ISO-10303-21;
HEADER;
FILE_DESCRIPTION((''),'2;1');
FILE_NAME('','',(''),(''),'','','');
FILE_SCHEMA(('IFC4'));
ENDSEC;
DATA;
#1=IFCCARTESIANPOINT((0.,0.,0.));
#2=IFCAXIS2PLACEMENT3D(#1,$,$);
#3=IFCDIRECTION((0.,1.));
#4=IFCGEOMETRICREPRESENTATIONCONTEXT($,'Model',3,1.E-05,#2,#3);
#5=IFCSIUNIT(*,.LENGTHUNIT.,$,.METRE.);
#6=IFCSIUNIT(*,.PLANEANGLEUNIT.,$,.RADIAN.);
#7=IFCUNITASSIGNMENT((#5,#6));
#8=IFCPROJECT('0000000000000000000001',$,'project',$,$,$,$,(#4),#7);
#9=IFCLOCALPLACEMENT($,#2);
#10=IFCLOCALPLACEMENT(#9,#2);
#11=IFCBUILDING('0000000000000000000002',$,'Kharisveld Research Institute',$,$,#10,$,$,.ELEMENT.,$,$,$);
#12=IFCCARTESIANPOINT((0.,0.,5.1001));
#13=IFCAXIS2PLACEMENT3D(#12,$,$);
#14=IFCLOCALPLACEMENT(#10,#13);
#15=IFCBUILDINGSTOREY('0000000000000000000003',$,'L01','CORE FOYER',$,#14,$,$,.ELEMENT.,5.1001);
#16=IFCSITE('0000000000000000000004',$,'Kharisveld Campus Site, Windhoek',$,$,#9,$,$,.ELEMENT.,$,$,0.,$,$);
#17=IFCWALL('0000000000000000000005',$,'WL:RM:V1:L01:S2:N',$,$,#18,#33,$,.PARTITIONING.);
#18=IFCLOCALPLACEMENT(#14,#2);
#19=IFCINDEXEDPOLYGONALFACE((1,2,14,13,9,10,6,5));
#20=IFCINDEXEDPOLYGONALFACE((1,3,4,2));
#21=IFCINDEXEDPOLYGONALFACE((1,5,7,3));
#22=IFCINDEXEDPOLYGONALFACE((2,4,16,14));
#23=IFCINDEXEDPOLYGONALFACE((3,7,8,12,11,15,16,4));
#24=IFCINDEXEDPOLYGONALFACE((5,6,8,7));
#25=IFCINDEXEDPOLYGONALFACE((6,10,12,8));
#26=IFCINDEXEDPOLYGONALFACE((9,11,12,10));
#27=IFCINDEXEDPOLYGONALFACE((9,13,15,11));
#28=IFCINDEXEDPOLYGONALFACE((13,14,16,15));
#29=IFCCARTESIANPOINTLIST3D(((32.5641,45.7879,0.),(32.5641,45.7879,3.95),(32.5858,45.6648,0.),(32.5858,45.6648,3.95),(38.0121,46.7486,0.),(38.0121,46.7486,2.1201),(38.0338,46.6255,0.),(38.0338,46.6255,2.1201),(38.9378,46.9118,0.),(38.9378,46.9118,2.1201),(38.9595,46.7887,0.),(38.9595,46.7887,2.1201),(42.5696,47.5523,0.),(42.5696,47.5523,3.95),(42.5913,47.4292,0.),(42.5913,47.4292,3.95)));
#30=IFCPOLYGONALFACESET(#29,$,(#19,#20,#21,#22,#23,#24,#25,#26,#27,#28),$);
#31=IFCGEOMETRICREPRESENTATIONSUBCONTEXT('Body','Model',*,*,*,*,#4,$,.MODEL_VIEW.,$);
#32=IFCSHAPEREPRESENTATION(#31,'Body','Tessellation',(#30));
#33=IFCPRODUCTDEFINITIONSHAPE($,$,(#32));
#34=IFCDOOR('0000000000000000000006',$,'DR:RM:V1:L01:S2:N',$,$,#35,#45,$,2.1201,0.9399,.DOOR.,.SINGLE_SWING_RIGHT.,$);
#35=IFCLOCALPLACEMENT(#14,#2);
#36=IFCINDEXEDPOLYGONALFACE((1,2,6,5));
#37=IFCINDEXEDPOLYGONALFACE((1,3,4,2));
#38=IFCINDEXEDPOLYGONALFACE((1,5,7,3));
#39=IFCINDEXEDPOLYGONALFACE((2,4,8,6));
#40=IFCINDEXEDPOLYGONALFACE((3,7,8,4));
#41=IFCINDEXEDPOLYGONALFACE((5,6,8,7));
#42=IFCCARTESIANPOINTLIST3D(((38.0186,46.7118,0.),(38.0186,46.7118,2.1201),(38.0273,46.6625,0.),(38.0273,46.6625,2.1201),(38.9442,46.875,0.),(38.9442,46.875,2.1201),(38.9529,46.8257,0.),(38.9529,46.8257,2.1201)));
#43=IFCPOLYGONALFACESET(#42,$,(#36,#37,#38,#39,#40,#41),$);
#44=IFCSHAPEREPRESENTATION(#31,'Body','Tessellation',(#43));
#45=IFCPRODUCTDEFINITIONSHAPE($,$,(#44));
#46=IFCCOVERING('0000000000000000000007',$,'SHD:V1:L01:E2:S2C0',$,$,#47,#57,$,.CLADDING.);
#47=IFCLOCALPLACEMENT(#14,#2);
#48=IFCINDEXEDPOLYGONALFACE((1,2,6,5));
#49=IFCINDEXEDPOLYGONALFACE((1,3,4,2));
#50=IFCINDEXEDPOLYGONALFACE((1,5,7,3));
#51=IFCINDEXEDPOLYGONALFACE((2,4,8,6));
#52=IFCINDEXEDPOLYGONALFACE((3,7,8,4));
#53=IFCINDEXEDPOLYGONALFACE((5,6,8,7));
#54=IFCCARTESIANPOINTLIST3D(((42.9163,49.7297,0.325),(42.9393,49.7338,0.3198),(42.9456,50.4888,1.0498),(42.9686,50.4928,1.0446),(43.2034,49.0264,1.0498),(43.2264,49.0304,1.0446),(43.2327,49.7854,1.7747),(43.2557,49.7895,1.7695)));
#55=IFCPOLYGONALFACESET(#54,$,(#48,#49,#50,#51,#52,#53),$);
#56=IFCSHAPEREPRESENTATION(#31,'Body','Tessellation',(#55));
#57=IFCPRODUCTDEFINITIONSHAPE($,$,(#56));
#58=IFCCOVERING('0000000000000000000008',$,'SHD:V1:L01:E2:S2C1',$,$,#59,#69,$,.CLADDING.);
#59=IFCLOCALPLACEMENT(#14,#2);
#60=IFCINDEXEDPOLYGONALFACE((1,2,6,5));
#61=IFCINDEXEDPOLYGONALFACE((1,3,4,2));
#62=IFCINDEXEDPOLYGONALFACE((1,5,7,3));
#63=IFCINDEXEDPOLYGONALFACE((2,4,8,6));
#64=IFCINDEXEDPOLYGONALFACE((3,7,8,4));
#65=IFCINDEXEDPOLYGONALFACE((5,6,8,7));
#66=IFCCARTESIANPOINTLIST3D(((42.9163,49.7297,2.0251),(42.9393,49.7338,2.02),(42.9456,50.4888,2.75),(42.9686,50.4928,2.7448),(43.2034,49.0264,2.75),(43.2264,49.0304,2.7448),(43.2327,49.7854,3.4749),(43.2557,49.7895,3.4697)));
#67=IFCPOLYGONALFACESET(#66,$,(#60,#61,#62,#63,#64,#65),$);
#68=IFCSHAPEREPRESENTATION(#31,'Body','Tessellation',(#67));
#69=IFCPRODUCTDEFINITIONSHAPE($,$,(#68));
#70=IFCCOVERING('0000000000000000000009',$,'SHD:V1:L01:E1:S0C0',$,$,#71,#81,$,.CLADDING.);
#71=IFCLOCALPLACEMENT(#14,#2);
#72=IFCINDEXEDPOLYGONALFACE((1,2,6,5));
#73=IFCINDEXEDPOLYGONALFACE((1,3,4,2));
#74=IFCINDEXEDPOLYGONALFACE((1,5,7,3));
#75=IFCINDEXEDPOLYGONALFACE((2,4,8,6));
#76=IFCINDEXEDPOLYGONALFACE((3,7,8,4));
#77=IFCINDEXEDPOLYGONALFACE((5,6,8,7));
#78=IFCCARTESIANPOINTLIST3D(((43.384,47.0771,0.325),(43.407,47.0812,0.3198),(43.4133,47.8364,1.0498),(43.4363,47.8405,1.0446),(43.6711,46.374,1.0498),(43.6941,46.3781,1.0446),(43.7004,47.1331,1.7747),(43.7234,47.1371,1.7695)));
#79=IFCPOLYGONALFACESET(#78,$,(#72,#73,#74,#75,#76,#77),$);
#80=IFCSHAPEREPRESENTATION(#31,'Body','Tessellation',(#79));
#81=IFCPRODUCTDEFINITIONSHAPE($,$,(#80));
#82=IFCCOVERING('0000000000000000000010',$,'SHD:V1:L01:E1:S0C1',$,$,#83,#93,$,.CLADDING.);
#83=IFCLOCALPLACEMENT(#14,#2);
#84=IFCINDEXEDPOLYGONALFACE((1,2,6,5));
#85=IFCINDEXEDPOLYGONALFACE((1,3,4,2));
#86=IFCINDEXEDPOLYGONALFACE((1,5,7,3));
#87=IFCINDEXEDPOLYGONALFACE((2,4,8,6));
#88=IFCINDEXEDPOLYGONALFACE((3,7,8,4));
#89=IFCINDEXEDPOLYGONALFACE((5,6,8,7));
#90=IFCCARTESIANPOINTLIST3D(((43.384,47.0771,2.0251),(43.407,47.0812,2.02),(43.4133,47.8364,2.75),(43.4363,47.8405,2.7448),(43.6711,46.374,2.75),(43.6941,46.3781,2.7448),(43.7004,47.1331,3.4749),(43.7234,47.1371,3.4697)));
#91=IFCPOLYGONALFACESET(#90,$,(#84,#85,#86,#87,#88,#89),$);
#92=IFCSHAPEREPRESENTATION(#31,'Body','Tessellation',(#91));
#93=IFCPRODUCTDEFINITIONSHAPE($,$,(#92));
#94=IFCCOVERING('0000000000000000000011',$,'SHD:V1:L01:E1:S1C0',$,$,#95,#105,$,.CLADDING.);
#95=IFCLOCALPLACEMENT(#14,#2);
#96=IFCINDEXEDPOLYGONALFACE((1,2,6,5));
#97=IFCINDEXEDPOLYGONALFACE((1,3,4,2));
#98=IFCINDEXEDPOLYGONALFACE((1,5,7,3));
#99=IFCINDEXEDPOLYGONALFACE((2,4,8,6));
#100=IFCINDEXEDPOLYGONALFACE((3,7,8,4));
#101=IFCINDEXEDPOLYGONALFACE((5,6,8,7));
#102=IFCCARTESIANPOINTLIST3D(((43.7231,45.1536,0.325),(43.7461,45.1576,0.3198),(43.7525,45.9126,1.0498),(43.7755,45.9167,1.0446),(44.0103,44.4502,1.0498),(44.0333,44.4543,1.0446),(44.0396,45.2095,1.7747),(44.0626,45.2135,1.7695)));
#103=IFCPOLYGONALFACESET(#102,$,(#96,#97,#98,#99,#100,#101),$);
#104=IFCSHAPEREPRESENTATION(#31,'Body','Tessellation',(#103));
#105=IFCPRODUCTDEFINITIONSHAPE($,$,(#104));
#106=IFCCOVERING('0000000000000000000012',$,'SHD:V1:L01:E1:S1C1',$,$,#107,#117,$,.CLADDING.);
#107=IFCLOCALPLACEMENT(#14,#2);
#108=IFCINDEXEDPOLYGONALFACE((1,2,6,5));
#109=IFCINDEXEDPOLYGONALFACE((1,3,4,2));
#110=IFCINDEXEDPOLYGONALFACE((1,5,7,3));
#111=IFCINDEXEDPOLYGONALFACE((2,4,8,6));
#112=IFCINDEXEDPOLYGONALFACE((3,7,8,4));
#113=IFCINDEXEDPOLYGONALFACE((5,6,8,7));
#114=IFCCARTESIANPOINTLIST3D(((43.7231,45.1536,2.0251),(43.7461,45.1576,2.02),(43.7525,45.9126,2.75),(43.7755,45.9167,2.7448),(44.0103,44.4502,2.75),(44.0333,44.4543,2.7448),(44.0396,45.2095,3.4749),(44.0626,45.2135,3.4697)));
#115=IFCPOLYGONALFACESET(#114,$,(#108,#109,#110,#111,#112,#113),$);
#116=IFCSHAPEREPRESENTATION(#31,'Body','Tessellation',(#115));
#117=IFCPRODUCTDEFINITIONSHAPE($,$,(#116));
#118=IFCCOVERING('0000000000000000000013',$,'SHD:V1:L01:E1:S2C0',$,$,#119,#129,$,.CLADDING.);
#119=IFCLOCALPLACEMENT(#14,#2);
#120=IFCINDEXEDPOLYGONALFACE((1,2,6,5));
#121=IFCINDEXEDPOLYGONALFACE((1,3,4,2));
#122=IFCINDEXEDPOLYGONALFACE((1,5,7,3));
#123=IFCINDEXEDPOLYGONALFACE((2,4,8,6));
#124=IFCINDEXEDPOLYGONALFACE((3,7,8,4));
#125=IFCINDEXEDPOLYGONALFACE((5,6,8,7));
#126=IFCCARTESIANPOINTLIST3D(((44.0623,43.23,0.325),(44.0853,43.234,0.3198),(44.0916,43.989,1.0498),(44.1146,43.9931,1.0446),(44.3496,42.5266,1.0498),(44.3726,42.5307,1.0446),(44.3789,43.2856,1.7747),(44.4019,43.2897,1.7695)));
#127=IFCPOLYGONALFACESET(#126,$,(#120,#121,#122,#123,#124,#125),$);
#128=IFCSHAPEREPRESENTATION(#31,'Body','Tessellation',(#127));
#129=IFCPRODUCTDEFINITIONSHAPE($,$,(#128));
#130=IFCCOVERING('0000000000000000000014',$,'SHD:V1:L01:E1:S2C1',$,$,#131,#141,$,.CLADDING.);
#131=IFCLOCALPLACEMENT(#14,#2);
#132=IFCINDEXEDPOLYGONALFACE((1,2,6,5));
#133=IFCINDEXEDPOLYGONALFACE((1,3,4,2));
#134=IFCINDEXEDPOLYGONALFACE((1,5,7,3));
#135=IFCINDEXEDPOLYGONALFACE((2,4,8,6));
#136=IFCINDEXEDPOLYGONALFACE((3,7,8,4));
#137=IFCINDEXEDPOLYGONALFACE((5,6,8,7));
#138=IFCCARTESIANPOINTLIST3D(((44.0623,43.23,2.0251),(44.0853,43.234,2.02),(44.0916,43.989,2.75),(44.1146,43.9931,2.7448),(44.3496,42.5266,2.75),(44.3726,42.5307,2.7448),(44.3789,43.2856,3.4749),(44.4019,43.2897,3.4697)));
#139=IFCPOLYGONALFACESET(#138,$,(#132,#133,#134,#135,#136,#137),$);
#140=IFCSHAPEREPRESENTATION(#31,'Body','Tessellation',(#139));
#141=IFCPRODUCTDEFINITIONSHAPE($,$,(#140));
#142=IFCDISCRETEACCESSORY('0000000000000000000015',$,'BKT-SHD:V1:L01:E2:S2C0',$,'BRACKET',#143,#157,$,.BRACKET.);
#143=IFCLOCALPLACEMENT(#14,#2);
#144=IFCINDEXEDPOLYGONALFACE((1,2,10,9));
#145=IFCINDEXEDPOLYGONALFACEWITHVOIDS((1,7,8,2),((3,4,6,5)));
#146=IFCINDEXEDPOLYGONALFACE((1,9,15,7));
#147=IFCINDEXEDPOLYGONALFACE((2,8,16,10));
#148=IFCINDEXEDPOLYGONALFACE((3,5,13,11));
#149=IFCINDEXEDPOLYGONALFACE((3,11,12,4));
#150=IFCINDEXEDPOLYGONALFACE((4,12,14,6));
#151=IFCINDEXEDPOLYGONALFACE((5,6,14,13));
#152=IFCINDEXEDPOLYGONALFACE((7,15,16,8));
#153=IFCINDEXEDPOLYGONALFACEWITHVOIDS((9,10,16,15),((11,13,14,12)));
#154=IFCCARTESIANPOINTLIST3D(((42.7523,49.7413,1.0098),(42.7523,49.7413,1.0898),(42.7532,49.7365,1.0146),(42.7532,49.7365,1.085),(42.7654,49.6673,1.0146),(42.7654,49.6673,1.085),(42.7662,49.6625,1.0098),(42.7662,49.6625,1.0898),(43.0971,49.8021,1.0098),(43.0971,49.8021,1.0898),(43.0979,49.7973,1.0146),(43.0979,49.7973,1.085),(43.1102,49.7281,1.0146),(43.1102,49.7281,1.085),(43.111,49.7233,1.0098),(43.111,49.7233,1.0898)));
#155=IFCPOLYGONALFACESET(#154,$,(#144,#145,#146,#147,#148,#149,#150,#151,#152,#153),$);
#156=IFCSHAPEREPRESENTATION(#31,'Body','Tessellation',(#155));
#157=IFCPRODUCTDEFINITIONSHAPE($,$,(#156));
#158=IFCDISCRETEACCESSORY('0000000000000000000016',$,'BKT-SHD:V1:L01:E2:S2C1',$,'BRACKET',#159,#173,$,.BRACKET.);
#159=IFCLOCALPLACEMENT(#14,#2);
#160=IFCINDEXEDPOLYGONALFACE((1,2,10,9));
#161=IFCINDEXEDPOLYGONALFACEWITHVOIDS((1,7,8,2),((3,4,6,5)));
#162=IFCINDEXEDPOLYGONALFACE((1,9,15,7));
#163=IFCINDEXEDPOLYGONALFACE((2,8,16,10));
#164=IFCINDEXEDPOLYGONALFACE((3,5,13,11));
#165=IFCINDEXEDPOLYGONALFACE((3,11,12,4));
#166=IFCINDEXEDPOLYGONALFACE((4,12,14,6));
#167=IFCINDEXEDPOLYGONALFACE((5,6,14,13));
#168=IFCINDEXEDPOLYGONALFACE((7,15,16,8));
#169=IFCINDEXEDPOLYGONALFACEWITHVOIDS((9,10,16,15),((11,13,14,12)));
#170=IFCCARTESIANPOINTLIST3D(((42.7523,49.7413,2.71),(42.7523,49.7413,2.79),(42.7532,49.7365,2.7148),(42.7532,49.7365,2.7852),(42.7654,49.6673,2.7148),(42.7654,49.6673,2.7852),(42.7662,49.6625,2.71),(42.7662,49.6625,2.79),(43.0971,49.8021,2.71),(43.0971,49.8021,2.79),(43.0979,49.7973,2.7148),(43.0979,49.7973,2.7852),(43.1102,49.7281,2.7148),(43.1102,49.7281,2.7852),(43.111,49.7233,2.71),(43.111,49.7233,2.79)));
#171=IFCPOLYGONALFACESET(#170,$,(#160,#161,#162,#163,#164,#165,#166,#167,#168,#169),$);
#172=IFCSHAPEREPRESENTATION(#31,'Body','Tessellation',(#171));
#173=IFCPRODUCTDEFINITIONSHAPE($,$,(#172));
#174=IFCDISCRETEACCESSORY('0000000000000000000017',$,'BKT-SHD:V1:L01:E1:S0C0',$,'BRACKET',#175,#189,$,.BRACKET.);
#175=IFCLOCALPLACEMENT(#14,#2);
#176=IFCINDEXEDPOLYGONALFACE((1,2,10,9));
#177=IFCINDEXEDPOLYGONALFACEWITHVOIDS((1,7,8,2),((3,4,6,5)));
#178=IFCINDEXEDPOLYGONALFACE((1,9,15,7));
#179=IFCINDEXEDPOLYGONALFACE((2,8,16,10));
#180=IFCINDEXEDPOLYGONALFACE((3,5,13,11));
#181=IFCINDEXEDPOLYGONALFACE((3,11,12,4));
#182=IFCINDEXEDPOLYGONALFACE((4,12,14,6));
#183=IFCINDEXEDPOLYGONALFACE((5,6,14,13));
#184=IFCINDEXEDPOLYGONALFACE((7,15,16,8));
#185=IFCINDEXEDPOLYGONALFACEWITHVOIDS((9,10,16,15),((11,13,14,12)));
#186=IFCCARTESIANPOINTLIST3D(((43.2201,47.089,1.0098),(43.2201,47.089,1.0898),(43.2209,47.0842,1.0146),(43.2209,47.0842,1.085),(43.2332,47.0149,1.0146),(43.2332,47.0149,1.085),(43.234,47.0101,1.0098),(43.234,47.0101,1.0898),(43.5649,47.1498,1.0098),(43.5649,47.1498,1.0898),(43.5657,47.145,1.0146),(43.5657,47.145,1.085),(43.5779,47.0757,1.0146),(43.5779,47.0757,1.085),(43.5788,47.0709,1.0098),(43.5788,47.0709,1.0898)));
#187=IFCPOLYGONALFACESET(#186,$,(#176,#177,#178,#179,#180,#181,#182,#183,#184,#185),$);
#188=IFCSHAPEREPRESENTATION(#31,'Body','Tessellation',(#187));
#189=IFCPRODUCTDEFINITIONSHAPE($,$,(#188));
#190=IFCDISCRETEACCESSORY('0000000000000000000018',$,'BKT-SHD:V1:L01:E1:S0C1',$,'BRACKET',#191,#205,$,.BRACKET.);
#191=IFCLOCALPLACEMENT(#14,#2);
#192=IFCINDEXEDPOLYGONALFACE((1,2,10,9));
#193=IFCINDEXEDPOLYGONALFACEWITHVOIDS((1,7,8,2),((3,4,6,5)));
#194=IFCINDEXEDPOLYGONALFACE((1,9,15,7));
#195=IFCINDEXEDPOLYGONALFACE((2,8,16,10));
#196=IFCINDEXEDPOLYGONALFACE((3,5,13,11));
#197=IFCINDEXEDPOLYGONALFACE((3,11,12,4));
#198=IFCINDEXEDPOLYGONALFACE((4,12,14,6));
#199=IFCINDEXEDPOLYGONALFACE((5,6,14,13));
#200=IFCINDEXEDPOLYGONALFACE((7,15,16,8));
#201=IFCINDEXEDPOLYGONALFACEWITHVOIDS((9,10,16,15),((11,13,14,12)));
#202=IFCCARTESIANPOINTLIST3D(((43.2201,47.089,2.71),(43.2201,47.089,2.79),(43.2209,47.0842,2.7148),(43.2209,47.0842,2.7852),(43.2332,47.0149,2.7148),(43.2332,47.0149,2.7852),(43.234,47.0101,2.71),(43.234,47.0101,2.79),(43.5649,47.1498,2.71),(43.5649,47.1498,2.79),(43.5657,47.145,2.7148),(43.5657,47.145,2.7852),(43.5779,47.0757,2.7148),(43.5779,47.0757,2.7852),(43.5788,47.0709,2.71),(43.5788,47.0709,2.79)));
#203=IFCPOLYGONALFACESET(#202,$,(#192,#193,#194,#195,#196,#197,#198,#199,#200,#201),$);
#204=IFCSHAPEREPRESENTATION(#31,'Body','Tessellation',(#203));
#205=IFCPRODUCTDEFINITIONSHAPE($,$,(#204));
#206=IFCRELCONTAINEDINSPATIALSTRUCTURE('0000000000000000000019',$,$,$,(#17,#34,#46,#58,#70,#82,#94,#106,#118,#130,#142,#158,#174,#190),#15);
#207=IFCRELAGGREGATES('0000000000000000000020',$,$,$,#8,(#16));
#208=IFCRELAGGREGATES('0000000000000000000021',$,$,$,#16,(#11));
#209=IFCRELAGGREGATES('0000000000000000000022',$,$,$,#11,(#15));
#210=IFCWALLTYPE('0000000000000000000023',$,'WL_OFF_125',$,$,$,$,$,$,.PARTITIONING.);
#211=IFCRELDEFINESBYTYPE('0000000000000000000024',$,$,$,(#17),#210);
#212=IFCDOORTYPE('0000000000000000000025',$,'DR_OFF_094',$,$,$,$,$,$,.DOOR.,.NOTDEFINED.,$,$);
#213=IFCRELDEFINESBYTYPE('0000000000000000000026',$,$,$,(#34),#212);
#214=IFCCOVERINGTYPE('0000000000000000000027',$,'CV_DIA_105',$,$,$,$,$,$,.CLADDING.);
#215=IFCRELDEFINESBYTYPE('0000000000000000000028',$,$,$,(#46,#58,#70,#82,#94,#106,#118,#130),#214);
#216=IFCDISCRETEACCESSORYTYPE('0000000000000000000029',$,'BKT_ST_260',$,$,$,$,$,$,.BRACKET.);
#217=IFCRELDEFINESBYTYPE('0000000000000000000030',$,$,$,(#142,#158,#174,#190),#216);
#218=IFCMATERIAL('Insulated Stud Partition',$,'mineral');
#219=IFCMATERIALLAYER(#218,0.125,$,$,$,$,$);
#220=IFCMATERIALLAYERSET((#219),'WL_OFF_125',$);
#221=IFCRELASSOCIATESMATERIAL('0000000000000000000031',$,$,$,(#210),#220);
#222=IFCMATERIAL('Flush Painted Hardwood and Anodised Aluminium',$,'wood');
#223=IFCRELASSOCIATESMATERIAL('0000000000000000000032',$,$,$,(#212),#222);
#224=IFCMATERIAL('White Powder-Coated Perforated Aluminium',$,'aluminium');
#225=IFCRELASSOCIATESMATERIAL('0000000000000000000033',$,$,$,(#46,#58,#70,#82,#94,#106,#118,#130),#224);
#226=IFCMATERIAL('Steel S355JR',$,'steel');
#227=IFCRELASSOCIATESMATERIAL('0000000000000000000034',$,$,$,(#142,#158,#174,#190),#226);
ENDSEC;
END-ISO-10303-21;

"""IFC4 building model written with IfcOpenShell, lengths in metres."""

from ifc_helpers import new_model, si_unit, direction, frame, frame_2d, origin, origin_2d, place, context, subcontext, project, spatial, polyline, rectangle, hollow_rectangle, outline, extrude, material, layer, layer_set, type_object, element, fill, save


model = new_model("IFC4")

# Units and contexts
model_context = context("Model", 3, precision=1e-05, world=origin(), true_north=direction((0.0, 1.0)))
body_context = subcontext(model_context, "Body", "Model", "MODEL_VIEW")
ifc_project = project(units=[si_unit("LENGTHUNIT", "METRE"), si_unit("PLANEANGLEUNIT", "RADIAN")], contexts=[model_context])

# Site, building, storey
site_placement = place(None, origin())
site = spatial("IfcSite", under=ifc_project, at=site_placement, Name="Kharisveld Campus Site, Windhoek", CompositionType="ELEMENT", RefElevation=0.0)
building_placement = place(site_placement, origin())
building = spatial("IfcBuilding", under=site, at=building_placement, Name="Kharisveld Research Institute", CompositionType="ELEMENT")
storey_placement = place(building_placement, frame((0.0, 0.0, 5.1001)))
storey = spatial("IfcBuildingStorey", under=building, at=storey_placement, Name="L01", Description="CORE FOYER", CompositionType="ELEMENT", Elevation=5.1001)

# Wall, opening, door
ifc_material_1 = material(Name="Insulated Stud Partition", Category="mineral")
ifc_layer_1 = layer(ifc_material_1, 0.125)
ifc_layer_set_1 = layer_set([ifc_layer_1], Name="WL_OFF_125")
wall_type_1 = type_object("IfcWallType", Name="WL_OFF_125", PredefinedType="PARTITIONING", material=ifc_layer_set_1)
wall_1_placement = place(storey_placement, frame((42.5806, 47.4907, 0.0), z_axis=(0.0, 0.0, 1.0), x_axis=(-0.984805, -0.173662, 0.0)))
wall_1 = element("IfcWall", 1, at=wall_1_placement, inside=storey, type_object=wall_type_1, Name="WL:RM:V1:L01:S2:N", PredefinedType="PARTITIONING", context=body_context, shape_type="SweptSolid", body=[
    extrude(rectangle(XDim=10.1599, YDim=0.125, at=frame_2d((5.0801, 0.0))), origin(), (0.0, 0.0, 1.0), 3.95),
])
opening_1_placement = place(wall_1_placement, frame((3.688, 0.0, 0.0)))
opening_1 = element("IfcOpeningElement", 2, at=opening_1_placement, cuts=wall_1, PredefinedType="OPENING", context=body_context, shape_type="SweptSolid", body=[
    extrude(rectangle(XDim=0.9399, YDim=2.1201, at=frame_2d((0.47, 1.0601))), frame((0.0, 0.0625, 0.0), z_axis=(0.0, -1.0, 0.0), x_axis=(1.0, 0.0, 0.0)), (0.0, 0.0, 1.0), 0.125),
])
ifc_material_2 = material(Name="Flush Painted Hardwood and Anodised Aluminium", Category="wood")
door_type = type_object("IfcDoorType", Name="DR_OFF_094", OperationType="NOTDEFINED", PredefinedType="DOOR", material=ifc_material_2)
door_placement = place(opening_1_placement, origin())
door = element("IfcDoor", 3, at=door_placement, inside=storey, type_object=door_type, Name="DR:RM:V1:L01:S2:N", OperationType="SINGLE_SWING_RIGHT", OverallHeight=2.1201, OverallWidth=0.9399, PredefinedType="DOOR", context=body_context, shape_type="SweptSolid", body=[
    extrude(rectangle(XDim=0.9399, YDim=2.1201, at=frame_2d((0.47, 1.0601))), frame((0.0, 0.0249, 0.0), z_axis=(0.0, -1.0, 0.0), x_axis=(1.0, 0.0, 0.0)), (0.0, 0.0, 1.0), 0.05),
])
fill(opening_1, door)

# Coverings
ifc_material_3 = material(Name="White Powder-Coated Perforated Aluminium", Category="aluminium")
covering_type = type_object("IfcCoveringType", Name="CV_DIA_105", PredefinedType="CLADDING")
for number, where, z_axis, x_axis, name in (
    (4, (42.9163, 49.7297, 0.325), (-0.961487, -0.169504, 0.216358), (0.273429, -0.669853, 0.690314), "SHD:V1:L01:E2:S2C0"),
    (5, (42.9163, 49.7297, 2.0251), (-0.961487, -0.169504, 0.216358), (0.273429, -0.669853, 0.690314), "SHD:V1:L01:E2:S2C1"),
):
    element("IfcCovering", number, at=place(storey_placement, frame(where, z_axis=z_axis, x_axis=x_axis)), inside=storey, type_object=covering_type, material=ifc_material_3, Name=name, PredefinedType="CLADDING", context=body_context, shape_type="SweptSolid", body=[
        extrude(outline(polyline([(0.0, 0.0), (1.05, 0.0), (1.05, 1.05), (-0.0001, 1.05), (0.0, 0.0)])), origin(), (0.0, 0.0, -1.0), 0.0239),
    ])
for number, where, z_axis, x_axis, name in (
    (6, (43.384, 47.0771, 0.325), (-0.961481, -0.169503, 0.216385), (0.273452, -0.669728, 0.690426), "SHD:V1:L01:E1:S0C0"),
    (7, (43.384, 47.0771, 2.0251), (-0.961481, -0.169503, 0.216385), (0.273452, -0.669728, 0.690426), "SHD:V1:L01:E1:S0C1"),
):
    element("IfcCovering", number, at=place(storey_placement, frame(where, z_axis=z_axis, x_axis=x_axis)), inside=storey, type_object=covering_type, material=ifc_material_3, Name=name, PredefinedType="CLADDING", context=body_context, shape_type="SweptSolid", body=[
        extrude(outline(polyline([(0.0, 0.0), (1.0499, 0.0), (1.05, 1.05), (0.0, 1.0501), (0.0, 0.0)])), origin(), (0.0, 0.0, -1.0), 0.0239),
    ])
for number, where, z_axis, x_axis, name in (
    (8, (43.7231, 45.1536, 0.325), (-0.961481, -0.169503, 0.216385), (0.273447, -0.66985, 0.69031), "SHD:V1:L01:E1:S1C0"),
    (9, (43.7231, 45.1536, 2.0251), (-0.961481, -0.169503, 0.216385), (0.273447, -0.66985, 0.69031), "SHD:V1:L01:E1:S1C1"),
):
    element("IfcCovering", number, at=place(storey_placement, frame(where, z_axis=z_axis, x_axis=x_axis)), inside=storey, type_object=covering_type, material=ifc_material_3, Name=name, PredefinedType="CLADDING", context=body_context, shape_type="SweptSolid", body=[
        extrude(outline(polyline([(0.0, 0.0), (1.05, 0.0), (1.0498, 1.0501), (-0.0001, 1.05), (0.0, 0.0)])), origin(), (0.0, 0.0, -1.0), 0.0239),
    ])
for number, where, z_axis, x_axis, name in (
    (10, (44.0623, 43.23, 0.325), (-0.961426, -0.169654, 0.216512), (0.273644, -0.669811, 0.69027), "SHD:V1:L01:E1:S2C0"),
    (11, (44.0623, 43.23, 2.0251), (-0.961426, -0.169654, 0.216512), (0.273644, -0.669811, 0.69027), "SHD:V1:L01:E1:S2C1"),
):
    element("IfcCovering", number, at=place(storey_placement, frame(where, z_axis=z_axis, x_axis=x_axis)), inside=storey, type_object=covering_type, material=ifc_material_3, Name=name, PredefinedType="CLADDING", context=body_context, shape_type="SweptSolid", body=[
        extrude(outline(polyline([(0.0, 0.0), (1.0501, 0.0), (1.0501, 1.05), (0.0, 1.05), (0.0, 0.0)])), origin(), (0.0, 0.0, -1.0), 0.0239),
    ])

# Discrete accessories
ifc_material_4 = material(Name="Steel S355JR", Category="steel")
discrete_accessory_type = type_object("IfcDiscreteAccessoryType", Name="BKT_ST_260", PredefinedType="BRACKET")
for number, where, z_axis, x_axis, name in (
    (12, (42.7593, 49.7019, 1.0498), (0.984805, 0.173666, 0.0), (-0.173666, 0.984805, 0.0), "BKT-SHD:V1:L01:E2:S2C0"),
    (13, (42.7593, 49.7019, 2.75), (0.984805, 0.173666, 0.0), (-0.173666, 0.984805, 0.0), "BKT-SHD:V1:L01:E2:S2C1"),
    (14, (43.2271, 47.0496, 1.0498), (0.984805, 0.173666, 0.0), (-0.173666, 0.984805, 0.0), "BKT-SHD:V1:L01:E1:S0C0"),
    (15, (43.2271, 47.0496, 2.75), (0.984805, 0.173666, 0.0), (-0.173666, 0.984805, 0.0), "BKT-SHD:V1:L01:E1:S0C1"),
):
    element("IfcDiscreteAccessory", number, at=place(storey_placement, frame(where, z_axis=z_axis, x_axis=x_axis)), inside=storey, type_object=discrete_accessory_type, material=ifc_material_4, Name=name, ObjectType="BRACKET", PredefinedType="BRACKET", context=body_context, shape_type="SweptSolid", body=[
        extrude(hollow_rectangle(XDim=0.0801, YDim=0.0801, WallThickness=0.0049, at=origin_2d()), origin(), (0.0, 0.0, 1.0), 0.3501),
    ])

save(model, "model.ifc")
